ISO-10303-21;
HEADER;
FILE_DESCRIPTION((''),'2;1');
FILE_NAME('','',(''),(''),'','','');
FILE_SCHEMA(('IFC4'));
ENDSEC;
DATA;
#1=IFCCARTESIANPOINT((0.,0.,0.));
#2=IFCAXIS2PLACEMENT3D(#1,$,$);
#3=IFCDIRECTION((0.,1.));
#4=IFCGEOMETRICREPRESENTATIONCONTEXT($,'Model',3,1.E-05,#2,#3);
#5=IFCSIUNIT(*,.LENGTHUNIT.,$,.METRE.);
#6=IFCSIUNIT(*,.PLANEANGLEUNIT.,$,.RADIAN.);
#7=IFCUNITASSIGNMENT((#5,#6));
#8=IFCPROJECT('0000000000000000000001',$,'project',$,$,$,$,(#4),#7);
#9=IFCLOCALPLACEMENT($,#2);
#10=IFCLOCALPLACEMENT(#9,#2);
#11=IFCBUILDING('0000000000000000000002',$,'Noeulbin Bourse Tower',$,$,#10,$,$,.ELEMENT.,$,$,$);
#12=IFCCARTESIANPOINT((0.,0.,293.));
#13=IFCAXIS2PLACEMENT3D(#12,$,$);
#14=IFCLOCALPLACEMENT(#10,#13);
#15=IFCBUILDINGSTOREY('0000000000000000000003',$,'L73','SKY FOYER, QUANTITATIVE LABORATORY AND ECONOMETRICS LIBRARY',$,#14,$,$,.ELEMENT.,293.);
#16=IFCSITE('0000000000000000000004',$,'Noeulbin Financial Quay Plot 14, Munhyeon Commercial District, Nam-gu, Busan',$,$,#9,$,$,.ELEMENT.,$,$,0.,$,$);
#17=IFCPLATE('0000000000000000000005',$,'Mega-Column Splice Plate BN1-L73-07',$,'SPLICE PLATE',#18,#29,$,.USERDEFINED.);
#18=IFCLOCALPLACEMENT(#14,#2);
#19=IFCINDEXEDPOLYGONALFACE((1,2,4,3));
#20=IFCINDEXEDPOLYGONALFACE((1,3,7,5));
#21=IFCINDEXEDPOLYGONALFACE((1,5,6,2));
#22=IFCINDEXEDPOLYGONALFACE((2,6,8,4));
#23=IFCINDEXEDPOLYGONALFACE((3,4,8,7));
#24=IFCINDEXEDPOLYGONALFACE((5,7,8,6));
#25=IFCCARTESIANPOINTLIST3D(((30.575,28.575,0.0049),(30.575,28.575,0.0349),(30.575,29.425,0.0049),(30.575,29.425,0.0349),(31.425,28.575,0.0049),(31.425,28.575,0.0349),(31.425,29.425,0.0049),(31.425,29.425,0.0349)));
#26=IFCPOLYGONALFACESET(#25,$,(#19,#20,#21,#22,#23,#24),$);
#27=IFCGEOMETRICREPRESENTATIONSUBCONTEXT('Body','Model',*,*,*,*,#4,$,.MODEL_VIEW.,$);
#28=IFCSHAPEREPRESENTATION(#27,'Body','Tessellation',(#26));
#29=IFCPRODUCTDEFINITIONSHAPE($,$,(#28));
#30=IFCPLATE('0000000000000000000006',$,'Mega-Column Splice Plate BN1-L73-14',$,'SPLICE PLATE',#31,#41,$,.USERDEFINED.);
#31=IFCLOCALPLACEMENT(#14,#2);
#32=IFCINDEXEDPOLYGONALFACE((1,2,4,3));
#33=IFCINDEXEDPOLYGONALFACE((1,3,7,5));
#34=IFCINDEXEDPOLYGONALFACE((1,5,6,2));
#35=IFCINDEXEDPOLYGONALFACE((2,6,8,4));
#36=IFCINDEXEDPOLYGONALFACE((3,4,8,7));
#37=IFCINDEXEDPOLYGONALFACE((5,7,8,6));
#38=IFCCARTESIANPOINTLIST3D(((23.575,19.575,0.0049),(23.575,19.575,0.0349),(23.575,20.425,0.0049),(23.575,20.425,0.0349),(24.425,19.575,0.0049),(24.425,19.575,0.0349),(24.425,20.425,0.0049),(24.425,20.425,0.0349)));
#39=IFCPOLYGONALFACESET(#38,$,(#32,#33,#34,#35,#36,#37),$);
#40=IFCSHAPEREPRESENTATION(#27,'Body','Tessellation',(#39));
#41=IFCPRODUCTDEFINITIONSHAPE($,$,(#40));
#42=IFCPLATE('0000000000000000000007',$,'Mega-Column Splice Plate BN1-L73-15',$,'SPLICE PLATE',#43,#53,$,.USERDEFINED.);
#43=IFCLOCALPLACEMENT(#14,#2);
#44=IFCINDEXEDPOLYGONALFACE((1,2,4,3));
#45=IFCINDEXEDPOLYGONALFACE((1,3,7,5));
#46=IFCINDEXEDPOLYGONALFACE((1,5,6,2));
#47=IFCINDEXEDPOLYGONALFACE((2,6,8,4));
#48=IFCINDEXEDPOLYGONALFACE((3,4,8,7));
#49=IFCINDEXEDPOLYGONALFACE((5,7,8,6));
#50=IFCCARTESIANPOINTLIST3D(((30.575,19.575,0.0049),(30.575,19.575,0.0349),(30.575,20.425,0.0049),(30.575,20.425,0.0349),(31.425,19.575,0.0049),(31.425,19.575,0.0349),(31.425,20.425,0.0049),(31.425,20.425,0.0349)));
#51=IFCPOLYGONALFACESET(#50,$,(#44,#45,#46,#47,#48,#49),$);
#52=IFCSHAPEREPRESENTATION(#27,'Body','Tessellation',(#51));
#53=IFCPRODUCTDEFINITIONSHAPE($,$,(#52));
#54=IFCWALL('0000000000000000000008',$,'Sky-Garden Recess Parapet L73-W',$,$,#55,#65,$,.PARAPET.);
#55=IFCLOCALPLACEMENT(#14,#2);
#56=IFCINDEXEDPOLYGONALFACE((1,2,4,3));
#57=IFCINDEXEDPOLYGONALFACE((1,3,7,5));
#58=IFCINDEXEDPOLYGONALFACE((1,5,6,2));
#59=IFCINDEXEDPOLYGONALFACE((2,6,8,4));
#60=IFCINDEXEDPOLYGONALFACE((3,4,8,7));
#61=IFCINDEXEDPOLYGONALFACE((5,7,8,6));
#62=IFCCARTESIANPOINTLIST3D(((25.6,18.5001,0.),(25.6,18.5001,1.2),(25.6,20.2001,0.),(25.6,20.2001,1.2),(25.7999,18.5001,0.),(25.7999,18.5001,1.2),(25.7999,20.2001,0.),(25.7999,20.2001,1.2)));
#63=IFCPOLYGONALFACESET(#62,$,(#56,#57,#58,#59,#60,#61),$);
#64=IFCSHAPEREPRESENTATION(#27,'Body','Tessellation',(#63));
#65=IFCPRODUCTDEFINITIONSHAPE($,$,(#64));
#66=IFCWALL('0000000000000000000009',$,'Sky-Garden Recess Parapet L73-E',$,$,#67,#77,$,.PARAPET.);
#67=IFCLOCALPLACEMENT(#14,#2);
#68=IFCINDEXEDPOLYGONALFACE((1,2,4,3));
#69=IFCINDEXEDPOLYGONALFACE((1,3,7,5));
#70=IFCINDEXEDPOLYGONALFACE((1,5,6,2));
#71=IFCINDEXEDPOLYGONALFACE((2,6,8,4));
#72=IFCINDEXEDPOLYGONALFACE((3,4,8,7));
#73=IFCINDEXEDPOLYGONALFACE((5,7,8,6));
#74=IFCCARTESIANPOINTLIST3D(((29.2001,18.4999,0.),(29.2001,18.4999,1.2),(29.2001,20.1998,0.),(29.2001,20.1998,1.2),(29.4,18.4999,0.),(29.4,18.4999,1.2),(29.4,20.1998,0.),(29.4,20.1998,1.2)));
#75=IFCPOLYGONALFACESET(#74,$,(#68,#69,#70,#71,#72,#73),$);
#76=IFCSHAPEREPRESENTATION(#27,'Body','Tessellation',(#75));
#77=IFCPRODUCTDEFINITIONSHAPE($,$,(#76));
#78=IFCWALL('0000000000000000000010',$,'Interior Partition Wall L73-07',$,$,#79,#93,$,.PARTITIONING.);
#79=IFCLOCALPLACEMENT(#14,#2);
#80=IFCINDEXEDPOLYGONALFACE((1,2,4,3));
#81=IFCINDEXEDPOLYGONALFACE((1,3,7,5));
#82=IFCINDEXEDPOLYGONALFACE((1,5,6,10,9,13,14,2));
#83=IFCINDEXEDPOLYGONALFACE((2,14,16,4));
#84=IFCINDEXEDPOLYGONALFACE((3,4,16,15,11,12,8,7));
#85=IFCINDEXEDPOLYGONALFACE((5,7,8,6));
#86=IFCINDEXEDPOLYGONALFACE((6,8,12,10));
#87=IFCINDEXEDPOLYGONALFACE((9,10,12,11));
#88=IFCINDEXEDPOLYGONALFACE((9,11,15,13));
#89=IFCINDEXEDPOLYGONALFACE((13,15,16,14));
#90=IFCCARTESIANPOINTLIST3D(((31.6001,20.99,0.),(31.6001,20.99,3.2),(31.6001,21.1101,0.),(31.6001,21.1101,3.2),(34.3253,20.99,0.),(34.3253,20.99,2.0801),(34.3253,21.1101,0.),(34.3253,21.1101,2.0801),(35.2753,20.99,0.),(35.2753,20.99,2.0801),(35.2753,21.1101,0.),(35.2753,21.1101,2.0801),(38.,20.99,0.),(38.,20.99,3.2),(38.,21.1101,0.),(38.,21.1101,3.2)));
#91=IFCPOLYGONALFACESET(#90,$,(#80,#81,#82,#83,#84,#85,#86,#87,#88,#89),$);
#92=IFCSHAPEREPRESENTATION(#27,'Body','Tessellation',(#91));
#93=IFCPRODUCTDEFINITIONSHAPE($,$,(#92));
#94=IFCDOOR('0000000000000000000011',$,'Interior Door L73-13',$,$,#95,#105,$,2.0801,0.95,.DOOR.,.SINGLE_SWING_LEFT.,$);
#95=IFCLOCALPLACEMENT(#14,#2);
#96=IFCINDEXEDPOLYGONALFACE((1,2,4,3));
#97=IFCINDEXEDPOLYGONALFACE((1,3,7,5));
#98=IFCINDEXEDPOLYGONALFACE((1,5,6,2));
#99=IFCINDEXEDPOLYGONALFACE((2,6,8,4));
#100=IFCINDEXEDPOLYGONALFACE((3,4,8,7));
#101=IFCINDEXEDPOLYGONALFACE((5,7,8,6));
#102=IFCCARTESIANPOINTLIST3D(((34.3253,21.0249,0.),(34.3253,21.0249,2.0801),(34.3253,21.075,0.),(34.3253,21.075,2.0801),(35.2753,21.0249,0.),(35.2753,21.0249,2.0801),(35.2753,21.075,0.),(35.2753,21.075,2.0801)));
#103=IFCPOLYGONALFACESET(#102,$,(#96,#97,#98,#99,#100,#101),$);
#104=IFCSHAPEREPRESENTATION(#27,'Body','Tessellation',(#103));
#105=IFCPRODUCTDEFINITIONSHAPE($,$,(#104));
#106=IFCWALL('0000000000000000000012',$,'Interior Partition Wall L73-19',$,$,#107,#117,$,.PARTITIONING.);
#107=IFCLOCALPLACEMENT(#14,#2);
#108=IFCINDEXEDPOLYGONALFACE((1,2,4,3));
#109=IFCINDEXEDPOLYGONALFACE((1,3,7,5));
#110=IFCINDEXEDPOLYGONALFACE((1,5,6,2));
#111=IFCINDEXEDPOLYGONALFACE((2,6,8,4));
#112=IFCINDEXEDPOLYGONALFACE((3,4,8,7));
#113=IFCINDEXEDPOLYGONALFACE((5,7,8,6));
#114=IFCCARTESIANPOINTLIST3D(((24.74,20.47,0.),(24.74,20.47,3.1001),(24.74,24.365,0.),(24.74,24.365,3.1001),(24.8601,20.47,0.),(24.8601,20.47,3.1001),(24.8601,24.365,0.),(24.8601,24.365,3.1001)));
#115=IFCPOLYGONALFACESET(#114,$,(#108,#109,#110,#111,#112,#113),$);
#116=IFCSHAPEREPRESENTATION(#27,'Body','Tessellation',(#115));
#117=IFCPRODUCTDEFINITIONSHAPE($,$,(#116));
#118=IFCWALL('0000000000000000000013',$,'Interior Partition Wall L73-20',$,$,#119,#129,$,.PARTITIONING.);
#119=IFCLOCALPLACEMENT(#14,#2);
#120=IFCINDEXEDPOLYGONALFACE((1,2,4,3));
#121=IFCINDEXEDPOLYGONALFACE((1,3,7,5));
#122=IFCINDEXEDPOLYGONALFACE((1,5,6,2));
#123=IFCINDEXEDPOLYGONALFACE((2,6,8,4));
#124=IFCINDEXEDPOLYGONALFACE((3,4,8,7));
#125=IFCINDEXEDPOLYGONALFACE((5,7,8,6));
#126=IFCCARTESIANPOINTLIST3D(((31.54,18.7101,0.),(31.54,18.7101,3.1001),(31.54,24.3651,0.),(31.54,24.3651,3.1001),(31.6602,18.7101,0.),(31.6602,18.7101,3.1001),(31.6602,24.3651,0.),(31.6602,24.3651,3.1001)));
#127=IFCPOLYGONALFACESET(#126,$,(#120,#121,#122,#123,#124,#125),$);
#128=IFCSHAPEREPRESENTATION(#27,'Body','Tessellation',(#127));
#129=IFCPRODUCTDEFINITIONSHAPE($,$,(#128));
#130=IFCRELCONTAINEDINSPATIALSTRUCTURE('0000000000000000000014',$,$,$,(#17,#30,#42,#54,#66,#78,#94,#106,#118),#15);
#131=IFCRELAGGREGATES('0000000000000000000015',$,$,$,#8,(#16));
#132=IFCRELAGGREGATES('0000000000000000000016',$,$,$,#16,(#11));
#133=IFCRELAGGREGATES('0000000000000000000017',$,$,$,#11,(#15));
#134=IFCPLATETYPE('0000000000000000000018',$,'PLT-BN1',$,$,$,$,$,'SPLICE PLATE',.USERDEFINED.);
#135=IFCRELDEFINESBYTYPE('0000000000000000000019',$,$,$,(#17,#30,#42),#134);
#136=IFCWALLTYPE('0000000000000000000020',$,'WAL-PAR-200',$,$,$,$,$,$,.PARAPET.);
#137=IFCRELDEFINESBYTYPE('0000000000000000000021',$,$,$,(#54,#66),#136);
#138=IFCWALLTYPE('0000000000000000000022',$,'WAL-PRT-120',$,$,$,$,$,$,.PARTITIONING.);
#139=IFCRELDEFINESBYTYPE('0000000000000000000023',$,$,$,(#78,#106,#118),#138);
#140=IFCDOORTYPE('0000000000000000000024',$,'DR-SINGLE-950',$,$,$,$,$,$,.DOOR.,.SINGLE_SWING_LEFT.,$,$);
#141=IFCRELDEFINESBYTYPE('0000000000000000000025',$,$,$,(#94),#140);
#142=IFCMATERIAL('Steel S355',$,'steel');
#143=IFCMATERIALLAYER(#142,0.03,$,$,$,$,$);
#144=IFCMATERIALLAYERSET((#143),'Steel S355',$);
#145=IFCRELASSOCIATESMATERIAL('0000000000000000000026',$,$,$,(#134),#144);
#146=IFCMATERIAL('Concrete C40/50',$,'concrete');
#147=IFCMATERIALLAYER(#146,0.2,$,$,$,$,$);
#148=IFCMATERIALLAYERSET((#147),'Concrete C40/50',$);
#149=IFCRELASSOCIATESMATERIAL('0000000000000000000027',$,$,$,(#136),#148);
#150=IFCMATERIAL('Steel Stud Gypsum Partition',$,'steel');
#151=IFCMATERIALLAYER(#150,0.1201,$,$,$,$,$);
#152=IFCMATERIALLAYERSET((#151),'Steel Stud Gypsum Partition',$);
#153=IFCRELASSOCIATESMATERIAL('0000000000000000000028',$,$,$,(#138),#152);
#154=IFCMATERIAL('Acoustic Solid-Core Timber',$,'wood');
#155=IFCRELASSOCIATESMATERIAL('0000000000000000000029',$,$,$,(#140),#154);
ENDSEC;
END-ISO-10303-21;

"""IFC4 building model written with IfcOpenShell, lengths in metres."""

from ifc_helpers import new_model, si_unit, direction, frame, frame_2d, origin, origin_2d, place, context, subcontext, project, spatial, rectangle, extrude, material, layer, layer_set, type_object, element, fill, save


model = new_model("IFC4")

# Units and contexts
model_context = context("Model", 3, precision=1e-05, world=origin(), true_north=direction((0.0, 1.0)))
body_context = subcontext(model_context, "Body", "Model", "MODEL_VIEW")
ifc_project = project(units=[si_unit("LENGTHUNIT", "METRE"), si_unit("PLANEANGLEUNIT", "RADIAN")], contexts=[model_context])

# Site, building, storey
site_placement = place(None, origin())
site = spatial("IfcSite", under=ifc_project, at=site_placement, Name="Noeulbin Financial Quay Plot 14, Munhyeon Commercial District, Nam-gu, Busan", CompositionType="ELEMENT", RefElevation=0.0)
building_placement = place(site_placement, origin())
building = spatial("IfcBuilding", under=site, at=building_placement, Name="Noeulbin Bourse Tower", CompositionType="ELEMENT")
storey_placement = place(building_placement, frame((0.0, 0.0, 293.0)))
storey = spatial("IfcBuildingStorey", under=building, at=storey_placement, Name="L73", Description="SKY FOYER, QUANTITATIVE LABORATORY AND ECONOMETRICS LIBRARY", CompositionType="ELEMENT", Elevation=293.0)

# Shared definitions
ifc_material_1 = material(Name="Steel S355", Category="steel")

# Plates
ifc_layer_1 = layer(ifc_material_1, 0.03)
ifc_layer_set_1 = layer_set([ifc_layer_1], Name="Steel S355")
plate_type_1 = type_object("IfcPlateType", Name="PLT-BN1", ElementType="SPLICE PLATE", PredefinedType="USERDEFINED", material=ifc_layer_set_1)
for number, where, z_axis, x_axis, name in (
    (1, (31.0, 29.0, 0.0049), (0.0, 0.0, 1.0), (1.0, 0.0, 0.0), "Mega-Column Splice Plate BN1-L73-07"),
    (2, (24.0, 20.0, 0.0049), (0.0, 0.0, 1.0), (1.0, 0.0, 0.0), "Mega-Column Splice Plate BN1-L73-14"),
    (3, (31.0, 20.0, 0.0049), (0.0, 0.0, 1.0), (1.0, 0.0, 0.0), "Mega-Column Splice Plate BN1-L73-15"),
):
    element("IfcPlate", number, at=place(storey_placement, frame(where, z_axis=z_axis, x_axis=x_axis)), inside=storey, type_object=plate_type_1, Name=name, ObjectType="SPLICE PLATE", PredefinedType="USERDEFINED", context=body_context, shape_type="SweptSolid", body=[
        extrude(rectangle(XDim=0.8501, YDim=0.8501, at=origin_2d()), origin(), (0.0, 0.0, 1.0), 0.03),
    ])

# Walls
ifc_material_2 = material(Name="Concrete C40/50", Category="concrete")
ifc_layer_2 = layer(ifc_material_2, 0.2)
ifc_layer_set_2 = layer_set([ifc_layer_2], Name="Concrete C40/50")
wall_type_1 = type_object("IfcWallType", Name="WAL-PAR-200", PredefinedType="PARAPET", material=ifc_layer_set_2)
for number, where, z_axis, x_axis, name in (
    (4, (25.7, 18.5, 0.0), (0.0, 0.0, 1.0), (0.0, 1.0, 0.0), "Sky-Garden Recess Parapet L73-W"),
    (5, (29.3, 20.2, 0.0), (0.0, 0.0, 1.0), (0.0, -1.0, 0.0), "Sky-Garden Recess Parapet L73-E"),
):
    element("IfcWall", number, at=place(storey_placement, frame(where, z_axis=z_axis, x_axis=x_axis)), inside=storey, type_object=wall_type_1, Name=name, PredefinedType="PARAPET", context=body_context, shape_type="SweptSolid", body=[
        extrude(rectangle(XDim=1.7, YDim=0.2, at=frame_2d((0.8501, 0.0))), origin(), (0.0, 0.0, 1.0), 1.2),
    ])

# Wall, opening, door
ifc_material_3 = material(Name="Steel Stud Gypsum Partition", Category="steel")
ifc_layer_3 = layer(ifc_material_3, 0.1201)
ifc_layer_set_3 = layer_set([ifc_layer_3], Name="Steel Stud Gypsum Partition")
wall_type_2 = type_object("IfcWallType", Name="WAL-PRT-120", PredefinedType="PARTITIONING", material=ifc_layer_set_3)
wall_1_placement = place(storey_placement, frame((31.6001, 21.05, 0.0), z_axis=(0.0, 0.0, 1.0), x_axis=(1.0, 0.0, 0.0)))
wall_1 = element("IfcWall", 6, at=wall_1_placement, inside=storey, type_object=wall_type_2, Name="Interior Partition Wall L73-07", PredefinedType="PARTITIONING", context=body_context, shape_type="SweptSolid", body=[
    extrude(rectangle(XDim=6.3999, YDim=0.1201, at=frame_2d((3.2, 0.0))), origin(), (0.0, 0.0, 1.0), 3.2),
])
opening_placement = place(wall_1_placement, frame((2.7251, 0.0, 0.0)))
opening = element("IfcOpeningElement", 7, at=opening_placement, cuts=wall_1, PredefinedType="OPENING", context=body_context, shape_type="SweptSolid", body=[
    extrude(rectangle(XDim=0.95, YDim=2.0801, at=frame_2d((0.4751, 1.04))), frame((0.0, 0.0701, 0.0), z_axis=(0.0, -1.0, 0.0), x_axis=(1.0, 0.0, 0.0)), (0.0, 0.0, 1.0), 0.1401),
])
ifc_material_4 = material(Name="Acoustic Solid-Core Timber", Category="wood")
door_type = type_object("IfcDoorType", Name="DR-SINGLE-950", OperationType="SINGLE_SWING_LEFT", PredefinedType="DOOR", material=ifc_material_4)
door_placement = place(opening_placement, origin())
door = element("IfcDoor", 8, at=door_placement, inside=storey, type_object=door_type, Name="Interior Door L73-13", OperationType="SINGLE_SWING_LEFT", OverallHeight=2.0801, OverallWidth=0.95, PredefinedType="DOOR", context=body_context, shape_type="SweptSolid", body=[
    extrude(rectangle(XDim=0.95, YDim=2.0801, at=frame_2d((0.4751, 1.04))), frame((0.0, 0.0249, 0.0), z_axis=(0.0, -1.0, 0.0), x_axis=(1.0, 0.0, 0.0)), (0.0, 0.0, 1.0), 0.05),
])
fill(opening, door)

# Walls
wall_2_placement = place(storey_placement, frame((24.8, 20.47, 0.0), z_axis=(0.0, 0.0, 1.0), x_axis=(0.0, 1.0, 0.0)))
element("IfcWall", 9, at=wall_2_placement, inside=storey, type_object=wall_type_2, Name="Interior Partition Wall L73-19", PredefinedType="PARTITIONING", context=body_context, shape_type="SweptSolid", body=[
    extrude(rectangle(XDim=3.895, YDim=0.1201, at=frame_2d((1.9475, 0.0))), origin(), (0.0, 0.0, 1.0), 3.1001),
])
wall_3_placement = place(storey_placement, frame((31.6001, 18.71, 0.0), z_axis=(0.0, 0.0, 1.0), x_axis=(0.0, 1.0, 0.0)))
element("IfcWall", 10, at=wall_3_placement, inside=storey, type_object=wall_type_2, Name="Interior Partition Wall L73-20", PredefinedType="PARTITIONING", context=body_context, shape_type="SweptSolid", body=[
    extrude(rectangle(XDim=5.655, YDim=0.1201, at=frame_2d((2.8276, 0.0))), origin(), (0.0, 0.0, 1.0), 3.1001),
])

save(model, "model.ifc")
